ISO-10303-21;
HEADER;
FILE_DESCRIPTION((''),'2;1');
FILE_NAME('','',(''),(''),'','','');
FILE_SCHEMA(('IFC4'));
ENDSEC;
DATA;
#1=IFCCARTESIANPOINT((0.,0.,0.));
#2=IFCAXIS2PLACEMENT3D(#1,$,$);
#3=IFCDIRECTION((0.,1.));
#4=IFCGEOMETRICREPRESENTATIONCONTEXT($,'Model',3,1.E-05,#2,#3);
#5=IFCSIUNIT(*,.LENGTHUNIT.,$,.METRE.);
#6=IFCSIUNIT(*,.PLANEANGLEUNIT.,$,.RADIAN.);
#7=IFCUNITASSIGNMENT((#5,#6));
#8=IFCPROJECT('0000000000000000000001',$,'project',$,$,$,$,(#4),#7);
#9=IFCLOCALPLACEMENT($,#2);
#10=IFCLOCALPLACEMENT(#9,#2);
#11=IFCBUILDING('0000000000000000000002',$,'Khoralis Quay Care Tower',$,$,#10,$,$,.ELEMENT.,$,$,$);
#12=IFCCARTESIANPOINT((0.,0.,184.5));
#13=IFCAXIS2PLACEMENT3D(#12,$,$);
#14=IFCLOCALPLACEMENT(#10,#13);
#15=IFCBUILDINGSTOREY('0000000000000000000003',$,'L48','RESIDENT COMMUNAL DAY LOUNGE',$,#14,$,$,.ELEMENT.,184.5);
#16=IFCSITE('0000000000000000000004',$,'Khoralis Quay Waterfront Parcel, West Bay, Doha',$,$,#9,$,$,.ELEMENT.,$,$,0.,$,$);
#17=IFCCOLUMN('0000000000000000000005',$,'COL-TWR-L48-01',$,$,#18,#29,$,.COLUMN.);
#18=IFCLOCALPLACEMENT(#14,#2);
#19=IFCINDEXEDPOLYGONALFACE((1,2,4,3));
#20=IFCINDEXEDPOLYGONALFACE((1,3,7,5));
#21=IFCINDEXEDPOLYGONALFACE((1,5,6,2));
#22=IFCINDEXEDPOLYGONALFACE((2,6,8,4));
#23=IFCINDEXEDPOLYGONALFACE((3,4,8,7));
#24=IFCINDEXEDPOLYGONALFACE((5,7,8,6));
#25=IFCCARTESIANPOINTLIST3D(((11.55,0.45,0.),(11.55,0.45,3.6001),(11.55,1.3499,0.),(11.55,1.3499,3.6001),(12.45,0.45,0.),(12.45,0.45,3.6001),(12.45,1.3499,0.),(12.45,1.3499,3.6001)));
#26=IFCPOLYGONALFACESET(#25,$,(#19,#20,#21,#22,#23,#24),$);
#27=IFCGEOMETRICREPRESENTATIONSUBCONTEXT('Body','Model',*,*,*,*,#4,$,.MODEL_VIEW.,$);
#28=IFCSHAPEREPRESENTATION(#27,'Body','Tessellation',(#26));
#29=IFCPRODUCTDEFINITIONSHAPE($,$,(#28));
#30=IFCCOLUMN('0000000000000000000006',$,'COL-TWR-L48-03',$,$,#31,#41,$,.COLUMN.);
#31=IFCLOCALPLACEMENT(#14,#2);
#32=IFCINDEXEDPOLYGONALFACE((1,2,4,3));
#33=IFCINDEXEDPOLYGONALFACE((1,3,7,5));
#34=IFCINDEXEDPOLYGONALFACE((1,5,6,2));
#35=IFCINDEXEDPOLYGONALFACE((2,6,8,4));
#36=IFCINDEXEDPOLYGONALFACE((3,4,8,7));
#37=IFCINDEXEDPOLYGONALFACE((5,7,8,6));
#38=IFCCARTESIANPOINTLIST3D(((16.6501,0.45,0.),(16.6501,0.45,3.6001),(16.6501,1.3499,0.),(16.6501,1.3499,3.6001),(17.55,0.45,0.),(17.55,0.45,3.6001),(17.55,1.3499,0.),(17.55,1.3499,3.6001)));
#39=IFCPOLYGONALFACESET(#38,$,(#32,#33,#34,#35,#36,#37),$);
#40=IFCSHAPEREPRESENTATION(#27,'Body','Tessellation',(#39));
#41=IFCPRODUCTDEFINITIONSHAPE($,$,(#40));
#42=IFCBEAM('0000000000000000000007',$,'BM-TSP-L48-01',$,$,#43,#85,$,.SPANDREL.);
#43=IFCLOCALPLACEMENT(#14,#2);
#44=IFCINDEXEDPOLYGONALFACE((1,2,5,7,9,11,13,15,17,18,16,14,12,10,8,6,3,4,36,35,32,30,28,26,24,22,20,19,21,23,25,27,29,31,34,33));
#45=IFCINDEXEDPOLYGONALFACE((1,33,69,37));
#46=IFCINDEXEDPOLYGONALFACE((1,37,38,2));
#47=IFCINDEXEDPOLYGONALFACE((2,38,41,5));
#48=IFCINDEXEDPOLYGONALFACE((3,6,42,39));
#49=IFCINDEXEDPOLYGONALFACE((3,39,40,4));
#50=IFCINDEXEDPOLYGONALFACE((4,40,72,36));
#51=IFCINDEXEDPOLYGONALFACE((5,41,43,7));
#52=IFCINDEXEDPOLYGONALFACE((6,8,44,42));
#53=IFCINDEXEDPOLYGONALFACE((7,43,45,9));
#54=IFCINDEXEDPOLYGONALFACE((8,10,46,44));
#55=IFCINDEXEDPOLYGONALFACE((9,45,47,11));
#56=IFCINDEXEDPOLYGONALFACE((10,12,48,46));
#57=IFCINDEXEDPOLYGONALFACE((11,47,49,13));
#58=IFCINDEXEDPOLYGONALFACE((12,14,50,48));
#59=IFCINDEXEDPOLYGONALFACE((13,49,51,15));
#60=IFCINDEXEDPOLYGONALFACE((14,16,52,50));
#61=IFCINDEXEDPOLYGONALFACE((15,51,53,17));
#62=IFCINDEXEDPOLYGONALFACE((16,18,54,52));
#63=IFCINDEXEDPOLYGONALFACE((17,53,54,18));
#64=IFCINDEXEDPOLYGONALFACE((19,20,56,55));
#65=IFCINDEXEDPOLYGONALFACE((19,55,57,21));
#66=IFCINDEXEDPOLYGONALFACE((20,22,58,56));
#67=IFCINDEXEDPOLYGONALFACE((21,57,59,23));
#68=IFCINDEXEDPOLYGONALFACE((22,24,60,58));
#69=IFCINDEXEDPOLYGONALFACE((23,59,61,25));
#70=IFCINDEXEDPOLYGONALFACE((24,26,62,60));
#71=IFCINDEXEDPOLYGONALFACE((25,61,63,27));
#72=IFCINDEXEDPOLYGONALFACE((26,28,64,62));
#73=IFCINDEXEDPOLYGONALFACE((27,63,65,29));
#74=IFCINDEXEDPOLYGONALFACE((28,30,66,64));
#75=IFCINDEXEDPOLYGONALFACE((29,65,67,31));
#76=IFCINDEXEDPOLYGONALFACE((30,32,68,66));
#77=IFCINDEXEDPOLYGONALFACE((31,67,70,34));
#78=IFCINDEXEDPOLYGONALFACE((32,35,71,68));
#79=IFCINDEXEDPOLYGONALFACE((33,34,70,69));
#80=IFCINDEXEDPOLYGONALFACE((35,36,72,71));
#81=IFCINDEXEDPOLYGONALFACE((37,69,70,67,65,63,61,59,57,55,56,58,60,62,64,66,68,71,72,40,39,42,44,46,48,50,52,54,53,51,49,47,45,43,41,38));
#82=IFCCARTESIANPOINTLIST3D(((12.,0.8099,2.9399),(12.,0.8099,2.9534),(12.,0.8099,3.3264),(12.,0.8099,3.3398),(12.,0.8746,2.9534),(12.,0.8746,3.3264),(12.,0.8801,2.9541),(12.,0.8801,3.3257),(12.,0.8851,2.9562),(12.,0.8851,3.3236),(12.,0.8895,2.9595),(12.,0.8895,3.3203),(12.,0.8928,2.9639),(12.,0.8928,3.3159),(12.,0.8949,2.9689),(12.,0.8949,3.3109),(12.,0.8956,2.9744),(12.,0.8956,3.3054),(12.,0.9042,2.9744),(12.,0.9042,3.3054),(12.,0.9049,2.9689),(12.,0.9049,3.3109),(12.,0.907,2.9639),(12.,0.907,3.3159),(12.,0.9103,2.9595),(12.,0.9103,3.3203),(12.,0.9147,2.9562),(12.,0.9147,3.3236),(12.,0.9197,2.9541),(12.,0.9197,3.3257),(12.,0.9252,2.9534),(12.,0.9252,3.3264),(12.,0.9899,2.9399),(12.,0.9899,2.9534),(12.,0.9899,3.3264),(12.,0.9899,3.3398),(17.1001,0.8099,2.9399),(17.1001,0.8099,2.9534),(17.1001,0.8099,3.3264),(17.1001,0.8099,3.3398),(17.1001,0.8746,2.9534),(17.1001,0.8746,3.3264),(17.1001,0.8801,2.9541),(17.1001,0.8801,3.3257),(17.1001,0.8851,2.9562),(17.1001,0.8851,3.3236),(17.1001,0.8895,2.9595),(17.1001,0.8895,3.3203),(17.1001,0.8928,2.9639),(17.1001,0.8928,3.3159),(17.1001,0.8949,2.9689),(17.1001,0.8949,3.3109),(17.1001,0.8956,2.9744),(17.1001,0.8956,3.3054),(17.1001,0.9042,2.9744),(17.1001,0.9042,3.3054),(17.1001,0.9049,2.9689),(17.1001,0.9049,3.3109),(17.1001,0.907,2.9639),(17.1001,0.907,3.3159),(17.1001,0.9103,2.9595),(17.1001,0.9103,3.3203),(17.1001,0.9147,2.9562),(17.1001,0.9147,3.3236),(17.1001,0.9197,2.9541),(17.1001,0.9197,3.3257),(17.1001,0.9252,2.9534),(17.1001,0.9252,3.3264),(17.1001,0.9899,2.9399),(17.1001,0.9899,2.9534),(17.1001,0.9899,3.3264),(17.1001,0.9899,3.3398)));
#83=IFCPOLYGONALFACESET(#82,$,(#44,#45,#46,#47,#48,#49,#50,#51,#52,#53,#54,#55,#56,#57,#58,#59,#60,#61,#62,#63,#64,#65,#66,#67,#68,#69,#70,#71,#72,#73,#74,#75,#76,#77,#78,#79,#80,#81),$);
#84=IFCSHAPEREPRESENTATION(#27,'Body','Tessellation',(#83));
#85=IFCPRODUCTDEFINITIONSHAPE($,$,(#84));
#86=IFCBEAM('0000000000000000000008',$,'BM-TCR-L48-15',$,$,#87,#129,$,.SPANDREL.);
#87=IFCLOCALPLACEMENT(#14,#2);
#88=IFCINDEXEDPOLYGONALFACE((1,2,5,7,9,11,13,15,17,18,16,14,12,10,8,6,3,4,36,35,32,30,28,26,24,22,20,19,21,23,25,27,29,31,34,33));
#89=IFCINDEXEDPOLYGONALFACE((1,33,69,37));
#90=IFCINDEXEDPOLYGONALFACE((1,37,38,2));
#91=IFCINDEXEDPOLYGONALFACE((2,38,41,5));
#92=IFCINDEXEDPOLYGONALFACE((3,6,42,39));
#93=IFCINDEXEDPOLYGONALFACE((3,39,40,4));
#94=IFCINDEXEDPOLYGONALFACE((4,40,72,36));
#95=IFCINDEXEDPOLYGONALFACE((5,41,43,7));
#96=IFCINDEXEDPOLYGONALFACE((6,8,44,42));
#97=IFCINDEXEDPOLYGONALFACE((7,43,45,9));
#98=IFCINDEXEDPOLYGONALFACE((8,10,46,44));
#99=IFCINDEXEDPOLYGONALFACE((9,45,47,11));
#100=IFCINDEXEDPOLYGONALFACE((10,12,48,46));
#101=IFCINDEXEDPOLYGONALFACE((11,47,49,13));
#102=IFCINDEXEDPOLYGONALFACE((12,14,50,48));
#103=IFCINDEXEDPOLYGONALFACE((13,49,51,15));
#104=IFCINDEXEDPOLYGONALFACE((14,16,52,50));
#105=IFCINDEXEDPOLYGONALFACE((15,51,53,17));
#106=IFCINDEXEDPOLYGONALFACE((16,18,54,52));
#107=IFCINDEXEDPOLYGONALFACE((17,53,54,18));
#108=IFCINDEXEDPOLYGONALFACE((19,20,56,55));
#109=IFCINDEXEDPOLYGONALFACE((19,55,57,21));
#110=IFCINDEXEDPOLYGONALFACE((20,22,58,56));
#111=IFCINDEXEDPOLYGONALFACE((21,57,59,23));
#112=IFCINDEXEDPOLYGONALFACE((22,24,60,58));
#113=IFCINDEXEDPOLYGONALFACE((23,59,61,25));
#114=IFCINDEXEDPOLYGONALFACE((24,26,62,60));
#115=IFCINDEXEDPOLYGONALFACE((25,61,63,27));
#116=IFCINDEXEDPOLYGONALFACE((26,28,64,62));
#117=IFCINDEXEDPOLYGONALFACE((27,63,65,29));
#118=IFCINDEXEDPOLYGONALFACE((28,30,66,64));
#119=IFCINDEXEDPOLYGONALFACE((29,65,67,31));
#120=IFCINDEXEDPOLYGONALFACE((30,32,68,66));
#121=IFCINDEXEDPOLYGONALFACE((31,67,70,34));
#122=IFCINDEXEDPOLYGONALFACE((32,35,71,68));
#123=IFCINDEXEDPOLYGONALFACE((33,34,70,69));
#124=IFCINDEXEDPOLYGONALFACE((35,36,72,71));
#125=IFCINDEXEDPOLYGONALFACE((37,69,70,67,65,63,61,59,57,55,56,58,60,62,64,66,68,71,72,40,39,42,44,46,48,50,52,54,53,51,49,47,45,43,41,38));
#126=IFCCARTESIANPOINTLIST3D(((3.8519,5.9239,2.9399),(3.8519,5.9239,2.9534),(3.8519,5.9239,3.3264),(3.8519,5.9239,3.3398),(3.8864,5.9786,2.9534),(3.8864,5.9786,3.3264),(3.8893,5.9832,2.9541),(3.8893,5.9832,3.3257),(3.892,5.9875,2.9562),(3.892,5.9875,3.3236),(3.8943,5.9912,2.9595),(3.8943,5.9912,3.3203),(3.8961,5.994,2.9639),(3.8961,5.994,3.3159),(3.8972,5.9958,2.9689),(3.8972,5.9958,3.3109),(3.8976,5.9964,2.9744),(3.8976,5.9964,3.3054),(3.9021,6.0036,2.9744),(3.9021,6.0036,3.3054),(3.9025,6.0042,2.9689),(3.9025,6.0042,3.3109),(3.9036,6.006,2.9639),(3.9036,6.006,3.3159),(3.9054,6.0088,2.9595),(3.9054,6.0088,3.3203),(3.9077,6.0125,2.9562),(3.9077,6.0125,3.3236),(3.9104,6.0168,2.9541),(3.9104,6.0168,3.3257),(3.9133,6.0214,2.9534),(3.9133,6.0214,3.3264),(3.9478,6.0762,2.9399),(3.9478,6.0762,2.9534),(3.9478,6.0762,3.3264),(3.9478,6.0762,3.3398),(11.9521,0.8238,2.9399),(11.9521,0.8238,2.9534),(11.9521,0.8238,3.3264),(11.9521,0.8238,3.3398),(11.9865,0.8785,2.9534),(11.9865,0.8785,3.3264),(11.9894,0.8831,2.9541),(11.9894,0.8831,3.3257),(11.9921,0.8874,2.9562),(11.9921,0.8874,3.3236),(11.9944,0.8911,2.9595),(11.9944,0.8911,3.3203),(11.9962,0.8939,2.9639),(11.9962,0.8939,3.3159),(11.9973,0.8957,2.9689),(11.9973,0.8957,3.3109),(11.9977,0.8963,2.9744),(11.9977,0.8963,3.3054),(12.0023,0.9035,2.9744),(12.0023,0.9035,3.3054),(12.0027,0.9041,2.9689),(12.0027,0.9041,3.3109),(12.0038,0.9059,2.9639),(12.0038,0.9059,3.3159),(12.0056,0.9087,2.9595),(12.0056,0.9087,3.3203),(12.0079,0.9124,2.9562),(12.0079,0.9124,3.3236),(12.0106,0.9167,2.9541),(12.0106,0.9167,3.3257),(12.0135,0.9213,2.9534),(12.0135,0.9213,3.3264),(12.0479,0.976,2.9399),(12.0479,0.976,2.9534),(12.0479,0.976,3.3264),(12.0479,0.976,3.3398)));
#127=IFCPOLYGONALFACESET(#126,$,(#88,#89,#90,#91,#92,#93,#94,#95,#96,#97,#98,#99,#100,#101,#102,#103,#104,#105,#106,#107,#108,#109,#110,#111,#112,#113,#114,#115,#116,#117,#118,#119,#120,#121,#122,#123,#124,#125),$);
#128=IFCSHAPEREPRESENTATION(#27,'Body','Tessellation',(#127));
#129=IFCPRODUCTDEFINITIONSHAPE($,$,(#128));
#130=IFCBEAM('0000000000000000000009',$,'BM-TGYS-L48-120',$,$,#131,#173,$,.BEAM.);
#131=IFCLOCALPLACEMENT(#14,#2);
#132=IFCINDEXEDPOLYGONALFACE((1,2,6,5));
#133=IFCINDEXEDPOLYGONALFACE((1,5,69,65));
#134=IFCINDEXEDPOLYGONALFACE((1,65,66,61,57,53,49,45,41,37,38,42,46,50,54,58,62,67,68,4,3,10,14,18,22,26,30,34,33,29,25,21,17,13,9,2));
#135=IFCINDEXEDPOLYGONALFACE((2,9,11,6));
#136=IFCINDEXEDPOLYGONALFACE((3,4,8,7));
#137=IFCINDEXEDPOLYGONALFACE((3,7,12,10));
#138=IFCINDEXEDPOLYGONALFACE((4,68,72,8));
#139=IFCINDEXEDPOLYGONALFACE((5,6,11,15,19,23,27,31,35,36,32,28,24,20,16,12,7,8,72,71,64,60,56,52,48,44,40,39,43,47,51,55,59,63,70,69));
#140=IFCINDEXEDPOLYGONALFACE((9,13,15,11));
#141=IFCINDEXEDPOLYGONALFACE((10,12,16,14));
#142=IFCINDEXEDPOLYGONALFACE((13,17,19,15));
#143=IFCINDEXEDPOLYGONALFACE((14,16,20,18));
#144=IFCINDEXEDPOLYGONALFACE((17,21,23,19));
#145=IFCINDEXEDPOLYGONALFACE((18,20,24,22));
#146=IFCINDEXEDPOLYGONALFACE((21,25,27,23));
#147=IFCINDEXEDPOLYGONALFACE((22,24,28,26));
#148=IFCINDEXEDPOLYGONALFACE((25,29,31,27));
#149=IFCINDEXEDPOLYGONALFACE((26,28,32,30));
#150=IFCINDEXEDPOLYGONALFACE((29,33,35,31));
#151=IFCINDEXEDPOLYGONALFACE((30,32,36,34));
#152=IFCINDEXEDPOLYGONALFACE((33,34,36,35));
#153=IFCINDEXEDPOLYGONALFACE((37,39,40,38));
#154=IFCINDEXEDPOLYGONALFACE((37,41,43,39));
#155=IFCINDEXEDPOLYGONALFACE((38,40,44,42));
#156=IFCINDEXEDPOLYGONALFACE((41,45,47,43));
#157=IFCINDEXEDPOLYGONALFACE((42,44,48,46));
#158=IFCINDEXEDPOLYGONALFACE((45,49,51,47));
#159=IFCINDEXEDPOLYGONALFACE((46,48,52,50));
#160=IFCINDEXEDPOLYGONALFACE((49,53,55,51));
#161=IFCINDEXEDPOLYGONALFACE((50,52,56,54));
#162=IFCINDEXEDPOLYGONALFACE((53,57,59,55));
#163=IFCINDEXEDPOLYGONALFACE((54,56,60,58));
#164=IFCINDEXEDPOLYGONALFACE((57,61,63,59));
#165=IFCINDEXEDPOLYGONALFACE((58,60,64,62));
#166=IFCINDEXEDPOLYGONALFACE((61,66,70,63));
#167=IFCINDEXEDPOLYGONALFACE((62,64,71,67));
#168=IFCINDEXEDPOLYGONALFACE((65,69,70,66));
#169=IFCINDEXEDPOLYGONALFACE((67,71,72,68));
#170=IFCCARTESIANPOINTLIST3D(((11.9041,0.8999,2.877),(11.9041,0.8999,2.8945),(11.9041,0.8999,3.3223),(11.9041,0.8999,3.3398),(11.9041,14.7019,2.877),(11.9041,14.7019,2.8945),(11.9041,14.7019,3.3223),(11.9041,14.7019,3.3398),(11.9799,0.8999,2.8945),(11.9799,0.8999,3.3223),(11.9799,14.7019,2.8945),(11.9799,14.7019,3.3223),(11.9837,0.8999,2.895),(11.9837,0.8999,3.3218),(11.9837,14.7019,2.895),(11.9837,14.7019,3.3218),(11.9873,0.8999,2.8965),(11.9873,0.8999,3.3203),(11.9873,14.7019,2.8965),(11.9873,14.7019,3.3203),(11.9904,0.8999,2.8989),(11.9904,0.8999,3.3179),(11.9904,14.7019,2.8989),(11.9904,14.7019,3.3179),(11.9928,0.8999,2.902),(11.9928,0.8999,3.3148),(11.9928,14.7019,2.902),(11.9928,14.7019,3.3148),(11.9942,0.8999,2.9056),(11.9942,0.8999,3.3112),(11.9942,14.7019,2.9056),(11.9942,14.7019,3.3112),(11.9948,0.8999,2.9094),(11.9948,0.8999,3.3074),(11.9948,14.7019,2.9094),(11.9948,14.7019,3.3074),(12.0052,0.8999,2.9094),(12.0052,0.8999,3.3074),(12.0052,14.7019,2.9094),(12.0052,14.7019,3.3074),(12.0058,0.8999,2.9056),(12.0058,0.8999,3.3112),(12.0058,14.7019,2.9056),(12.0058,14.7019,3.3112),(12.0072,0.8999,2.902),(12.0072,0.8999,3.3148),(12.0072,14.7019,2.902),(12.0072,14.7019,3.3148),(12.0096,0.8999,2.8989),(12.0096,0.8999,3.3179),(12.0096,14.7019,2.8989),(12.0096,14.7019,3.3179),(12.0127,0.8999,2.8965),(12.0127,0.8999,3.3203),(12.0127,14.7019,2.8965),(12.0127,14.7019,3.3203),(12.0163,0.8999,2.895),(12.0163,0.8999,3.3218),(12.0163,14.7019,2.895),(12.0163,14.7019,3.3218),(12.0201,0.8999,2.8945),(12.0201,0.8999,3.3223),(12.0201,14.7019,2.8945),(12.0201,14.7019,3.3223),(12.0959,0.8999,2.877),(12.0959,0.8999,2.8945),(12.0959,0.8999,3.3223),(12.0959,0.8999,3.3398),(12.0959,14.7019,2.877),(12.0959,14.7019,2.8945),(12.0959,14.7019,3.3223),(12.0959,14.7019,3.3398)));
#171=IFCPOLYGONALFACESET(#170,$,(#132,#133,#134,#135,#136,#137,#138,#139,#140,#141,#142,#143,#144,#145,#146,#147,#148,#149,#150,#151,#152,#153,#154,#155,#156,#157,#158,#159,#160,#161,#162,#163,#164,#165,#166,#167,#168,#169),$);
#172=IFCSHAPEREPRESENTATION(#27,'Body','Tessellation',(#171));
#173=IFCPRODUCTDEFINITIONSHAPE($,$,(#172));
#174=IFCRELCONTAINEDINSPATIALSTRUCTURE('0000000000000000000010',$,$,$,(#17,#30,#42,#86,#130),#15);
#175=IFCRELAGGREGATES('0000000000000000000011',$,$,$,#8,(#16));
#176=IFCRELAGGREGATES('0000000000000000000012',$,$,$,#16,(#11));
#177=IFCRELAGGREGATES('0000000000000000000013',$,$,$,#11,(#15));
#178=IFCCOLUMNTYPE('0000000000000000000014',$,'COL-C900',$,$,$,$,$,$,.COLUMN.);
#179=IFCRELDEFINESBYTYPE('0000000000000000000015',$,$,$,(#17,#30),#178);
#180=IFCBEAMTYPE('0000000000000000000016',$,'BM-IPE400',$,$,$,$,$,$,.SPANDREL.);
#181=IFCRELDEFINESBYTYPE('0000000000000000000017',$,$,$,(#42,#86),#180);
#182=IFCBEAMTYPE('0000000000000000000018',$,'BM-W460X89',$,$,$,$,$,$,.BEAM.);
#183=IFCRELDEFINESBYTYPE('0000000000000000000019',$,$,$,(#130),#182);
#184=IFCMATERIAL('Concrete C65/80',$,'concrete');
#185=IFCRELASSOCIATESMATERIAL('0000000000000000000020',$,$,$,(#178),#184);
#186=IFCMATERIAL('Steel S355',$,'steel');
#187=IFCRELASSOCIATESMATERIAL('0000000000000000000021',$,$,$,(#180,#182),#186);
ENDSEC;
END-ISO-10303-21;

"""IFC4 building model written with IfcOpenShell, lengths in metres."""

from ifc_helpers import new_model, si_unit, direction, frame, origin, origin_2d, place, context, subcontext, project, spatial, rectangle, i_section, extrude, source, transform, mapped, material, material_profile, profile_set, type_object, element, save


model = new_model("IFC4")

# Units and contexts
model_context = context("Model", 3, precision=1e-05, world=origin(), true_north=direction((0.0, 1.0)))
body_context = subcontext(model_context, "Body", "Model", "MODEL_VIEW")
ifc_project = project(units=[si_unit("LENGTHUNIT", "METRE"), si_unit("PLANEANGLEUNIT", "RADIAN")], contexts=[model_context])

# Site, building, storey
site_placement = place(None, origin())
site = spatial("IfcSite", under=ifc_project, at=site_placement, Name="Khoralis Quay Waterfront Parcel, West Bay, Doha", CompositionType="ELEMENT", RefElevation=0.0)
building_placement = place(site_placement, origin())
building = spatial("IfcBuilding", under=site, at=building_placement, Name="Khoralis Quay Care Tower", CompositionType="ELEMENT")
storey_placement = place(building_placement, frame((0.0, 0.0, 184.5)))
storey = spatial("IfcBuildingStorey", under=building, at=storey_placement, Name="L48", Description="RESIDENT COMMUNAL DAY LOUNGE", CompositionType="ELEMENT", Elevation=184.5)

# Columns
ifc_material_1 = material(Name="Concrete C65/80", Category="concrete")
ifc_material_profile_1 = material_profile(ifc_material_1, rectangle(XDim=0.8999, YDim=0.8999, at=origin_2d()), Name="Concrete C65/80")
ifc_profile_set_1 = profile_set([ifc_material_profile_1], Name="Concrete C65/80")
column_type = type_object("IfcColumnType", Name="COL-C900", PredefinedType="COLUMN", material=ifc_profile_set_1)
shared_shape_1 = source(origin(), body_context, "Body", "SweptSolid", [
    extrude(rectangle(XDim=0.8999, YDim=0.8999, at=origin_2d()), origin(), (0.0, 0.0, 1.0), 3.6001),
])
for number, where, z_axis, x_axis, name in (
    (1, (12.0, 0.8999, 0.0), (0.0, 0.0, 1.0), (1.0, 0.0, 0.0), "COL-TWR-L48-01"),
    (2, (17.1001, 0.8999, 0.0), (0.0, 0.0, 1.0), (1.0, 0.0, 0.0), "COL-TWR-L48-03"),
):
    element("IfcColumn", number, at=place(storey_placement, frame(where, z_axis=z_axis, x_axis=x_axis)), inside=storey, type_object=column_type, Name=name, PredefinedType="COLUMN", context=body_context, shape_type="MappedRepresentation", body=[
        mapped(shared_shape_1, transform((0.0, 0.0, 0.0), scale=1.0)),
    ])

# Beams
ifc_material_2 = material(Name="Steel S355", Category="steel")
ifc_material_profile_2 = material_profile(ifc_material_2, i_section(OverallWidth=0.1799, OverallDepth=0.3999, WebThickness=0.0085, FlangeThickness=0.0134, FilletRadius=0.021, at=origin_2d()), Name="Steel S355")
ifc_profile_set_2 = profile_set([ifc_material_profile_2], Name="Steel S355")
beam_type_1 = type_object("IfcBeamType", Name="BM-IPE400", PredefinedType="SPANDREL", material=ifc_profile_set_2)
shared_shape_2 = source(origin(), body_context, "Body", "SweptSolid", [
    extrude(i_section(OverallWidth=0.1799, OverallDepth=0.3999, WebThickness=0.0085, FlangeThickness=0.0134, FilletRadius=0.021, at=origin_2d()), origin(), (0.0, 0.0, 1.0), 5.1001),
])
beam_1_placement = place(storey_placement, frame((12.0, 0.8999, 3.1399), z_axis=(1.0, 0.0, 0.0), x_axis=(0.0, 1.0, 0.0)))
element("IfcBeam", 3, at=beam_1_placement, inside=storey, type_object=beam_type_1, Name="BM-TSP-L48-01", PredefinedType="SPANDREL", context=body_context, shape_type="MappedRepresentation", body=[
    mapped(shared_shape_2, transform((0.0, 0.0, 0.0), scale=1.0)),
])
shared_shape_3 = source(origin(), body_context, "Body", "SweptSolid", [
    extrude(i_section(OverallWidth=0.1799, OverallDepth=0.3999, WebThickness=0.0085, FlangeThickness=0.0134, FilletRadius=0.021, at=origin_2d()), origin(), (0.0, 0.0, 1.0), 9.572),
])
beam_2_placement = place(storey_placement, frame((12.0, 0.8999, 3.1399), z_axis=(-0.846231, 0.532816, 0.0), x_axis=(-0.532816, -0.846231, 0.0)))
element("IfcBeam", 4, at=beam_2_placement, inside=storey, type_object=beam_type_1, Name="BM-TCR-L48-15", PredefinedType="SPANDREL", context=body_context, shape_type="MappedRepresentation", body=[
    mapped(shared_shape_3, transform((0.0, 0.0, 0.0), scale=1.0)),
])
ifc_material_profile_3 = material_profile(ifc_material_2, i_section(OverallWidth=0.1919, OverallDepth=0.4629, WebThickness=0.0105, FlangeThickness=0.0176, FilletRadius=0.0149, at=origin_2d()), Name="Steel S355")
ifc_profile_set_3 = profile_set([ifc_material_profile_3], Name="Steel S355")
beam_type_2 = type_object("IfcBeamType", Name="BM-W460X89", PredefinedType="BEAM", material=ifc_profile_set_3)
shared_shape_4 = source(origin(), body_context, "Body", "SweptSolid", [
    extrude(i_section(OverallWidth=0.1919, OverallDepth=0.4629, WebThickness=0.0105, FlangeThickness=0.0176, FilletRadius=0.0149, at=origin_2d()), origin(), (0.0, 0.0, 1.0), 13.802),
])
beam_3_placement = place(storey_placement, frame((12.0, 0.8999, 3.1084), z_axis=(0.0, 1.0, 0.0), x_axis=(-1.0, 0.0, 0.0)))
element("IfcBeam", 5, at=beam_3_placement, inside=storey, type_object=beam_type_2, Name="BM-TGYS-L48-120", PredefinedType="BEAM", context=body_context, shape_type="MappedRepresentation", body=[
    mapped(shared_shape_4, transform((0.0, 0.0, 0.0), scale=1.0)),
])

save(model, "model.ifc")
